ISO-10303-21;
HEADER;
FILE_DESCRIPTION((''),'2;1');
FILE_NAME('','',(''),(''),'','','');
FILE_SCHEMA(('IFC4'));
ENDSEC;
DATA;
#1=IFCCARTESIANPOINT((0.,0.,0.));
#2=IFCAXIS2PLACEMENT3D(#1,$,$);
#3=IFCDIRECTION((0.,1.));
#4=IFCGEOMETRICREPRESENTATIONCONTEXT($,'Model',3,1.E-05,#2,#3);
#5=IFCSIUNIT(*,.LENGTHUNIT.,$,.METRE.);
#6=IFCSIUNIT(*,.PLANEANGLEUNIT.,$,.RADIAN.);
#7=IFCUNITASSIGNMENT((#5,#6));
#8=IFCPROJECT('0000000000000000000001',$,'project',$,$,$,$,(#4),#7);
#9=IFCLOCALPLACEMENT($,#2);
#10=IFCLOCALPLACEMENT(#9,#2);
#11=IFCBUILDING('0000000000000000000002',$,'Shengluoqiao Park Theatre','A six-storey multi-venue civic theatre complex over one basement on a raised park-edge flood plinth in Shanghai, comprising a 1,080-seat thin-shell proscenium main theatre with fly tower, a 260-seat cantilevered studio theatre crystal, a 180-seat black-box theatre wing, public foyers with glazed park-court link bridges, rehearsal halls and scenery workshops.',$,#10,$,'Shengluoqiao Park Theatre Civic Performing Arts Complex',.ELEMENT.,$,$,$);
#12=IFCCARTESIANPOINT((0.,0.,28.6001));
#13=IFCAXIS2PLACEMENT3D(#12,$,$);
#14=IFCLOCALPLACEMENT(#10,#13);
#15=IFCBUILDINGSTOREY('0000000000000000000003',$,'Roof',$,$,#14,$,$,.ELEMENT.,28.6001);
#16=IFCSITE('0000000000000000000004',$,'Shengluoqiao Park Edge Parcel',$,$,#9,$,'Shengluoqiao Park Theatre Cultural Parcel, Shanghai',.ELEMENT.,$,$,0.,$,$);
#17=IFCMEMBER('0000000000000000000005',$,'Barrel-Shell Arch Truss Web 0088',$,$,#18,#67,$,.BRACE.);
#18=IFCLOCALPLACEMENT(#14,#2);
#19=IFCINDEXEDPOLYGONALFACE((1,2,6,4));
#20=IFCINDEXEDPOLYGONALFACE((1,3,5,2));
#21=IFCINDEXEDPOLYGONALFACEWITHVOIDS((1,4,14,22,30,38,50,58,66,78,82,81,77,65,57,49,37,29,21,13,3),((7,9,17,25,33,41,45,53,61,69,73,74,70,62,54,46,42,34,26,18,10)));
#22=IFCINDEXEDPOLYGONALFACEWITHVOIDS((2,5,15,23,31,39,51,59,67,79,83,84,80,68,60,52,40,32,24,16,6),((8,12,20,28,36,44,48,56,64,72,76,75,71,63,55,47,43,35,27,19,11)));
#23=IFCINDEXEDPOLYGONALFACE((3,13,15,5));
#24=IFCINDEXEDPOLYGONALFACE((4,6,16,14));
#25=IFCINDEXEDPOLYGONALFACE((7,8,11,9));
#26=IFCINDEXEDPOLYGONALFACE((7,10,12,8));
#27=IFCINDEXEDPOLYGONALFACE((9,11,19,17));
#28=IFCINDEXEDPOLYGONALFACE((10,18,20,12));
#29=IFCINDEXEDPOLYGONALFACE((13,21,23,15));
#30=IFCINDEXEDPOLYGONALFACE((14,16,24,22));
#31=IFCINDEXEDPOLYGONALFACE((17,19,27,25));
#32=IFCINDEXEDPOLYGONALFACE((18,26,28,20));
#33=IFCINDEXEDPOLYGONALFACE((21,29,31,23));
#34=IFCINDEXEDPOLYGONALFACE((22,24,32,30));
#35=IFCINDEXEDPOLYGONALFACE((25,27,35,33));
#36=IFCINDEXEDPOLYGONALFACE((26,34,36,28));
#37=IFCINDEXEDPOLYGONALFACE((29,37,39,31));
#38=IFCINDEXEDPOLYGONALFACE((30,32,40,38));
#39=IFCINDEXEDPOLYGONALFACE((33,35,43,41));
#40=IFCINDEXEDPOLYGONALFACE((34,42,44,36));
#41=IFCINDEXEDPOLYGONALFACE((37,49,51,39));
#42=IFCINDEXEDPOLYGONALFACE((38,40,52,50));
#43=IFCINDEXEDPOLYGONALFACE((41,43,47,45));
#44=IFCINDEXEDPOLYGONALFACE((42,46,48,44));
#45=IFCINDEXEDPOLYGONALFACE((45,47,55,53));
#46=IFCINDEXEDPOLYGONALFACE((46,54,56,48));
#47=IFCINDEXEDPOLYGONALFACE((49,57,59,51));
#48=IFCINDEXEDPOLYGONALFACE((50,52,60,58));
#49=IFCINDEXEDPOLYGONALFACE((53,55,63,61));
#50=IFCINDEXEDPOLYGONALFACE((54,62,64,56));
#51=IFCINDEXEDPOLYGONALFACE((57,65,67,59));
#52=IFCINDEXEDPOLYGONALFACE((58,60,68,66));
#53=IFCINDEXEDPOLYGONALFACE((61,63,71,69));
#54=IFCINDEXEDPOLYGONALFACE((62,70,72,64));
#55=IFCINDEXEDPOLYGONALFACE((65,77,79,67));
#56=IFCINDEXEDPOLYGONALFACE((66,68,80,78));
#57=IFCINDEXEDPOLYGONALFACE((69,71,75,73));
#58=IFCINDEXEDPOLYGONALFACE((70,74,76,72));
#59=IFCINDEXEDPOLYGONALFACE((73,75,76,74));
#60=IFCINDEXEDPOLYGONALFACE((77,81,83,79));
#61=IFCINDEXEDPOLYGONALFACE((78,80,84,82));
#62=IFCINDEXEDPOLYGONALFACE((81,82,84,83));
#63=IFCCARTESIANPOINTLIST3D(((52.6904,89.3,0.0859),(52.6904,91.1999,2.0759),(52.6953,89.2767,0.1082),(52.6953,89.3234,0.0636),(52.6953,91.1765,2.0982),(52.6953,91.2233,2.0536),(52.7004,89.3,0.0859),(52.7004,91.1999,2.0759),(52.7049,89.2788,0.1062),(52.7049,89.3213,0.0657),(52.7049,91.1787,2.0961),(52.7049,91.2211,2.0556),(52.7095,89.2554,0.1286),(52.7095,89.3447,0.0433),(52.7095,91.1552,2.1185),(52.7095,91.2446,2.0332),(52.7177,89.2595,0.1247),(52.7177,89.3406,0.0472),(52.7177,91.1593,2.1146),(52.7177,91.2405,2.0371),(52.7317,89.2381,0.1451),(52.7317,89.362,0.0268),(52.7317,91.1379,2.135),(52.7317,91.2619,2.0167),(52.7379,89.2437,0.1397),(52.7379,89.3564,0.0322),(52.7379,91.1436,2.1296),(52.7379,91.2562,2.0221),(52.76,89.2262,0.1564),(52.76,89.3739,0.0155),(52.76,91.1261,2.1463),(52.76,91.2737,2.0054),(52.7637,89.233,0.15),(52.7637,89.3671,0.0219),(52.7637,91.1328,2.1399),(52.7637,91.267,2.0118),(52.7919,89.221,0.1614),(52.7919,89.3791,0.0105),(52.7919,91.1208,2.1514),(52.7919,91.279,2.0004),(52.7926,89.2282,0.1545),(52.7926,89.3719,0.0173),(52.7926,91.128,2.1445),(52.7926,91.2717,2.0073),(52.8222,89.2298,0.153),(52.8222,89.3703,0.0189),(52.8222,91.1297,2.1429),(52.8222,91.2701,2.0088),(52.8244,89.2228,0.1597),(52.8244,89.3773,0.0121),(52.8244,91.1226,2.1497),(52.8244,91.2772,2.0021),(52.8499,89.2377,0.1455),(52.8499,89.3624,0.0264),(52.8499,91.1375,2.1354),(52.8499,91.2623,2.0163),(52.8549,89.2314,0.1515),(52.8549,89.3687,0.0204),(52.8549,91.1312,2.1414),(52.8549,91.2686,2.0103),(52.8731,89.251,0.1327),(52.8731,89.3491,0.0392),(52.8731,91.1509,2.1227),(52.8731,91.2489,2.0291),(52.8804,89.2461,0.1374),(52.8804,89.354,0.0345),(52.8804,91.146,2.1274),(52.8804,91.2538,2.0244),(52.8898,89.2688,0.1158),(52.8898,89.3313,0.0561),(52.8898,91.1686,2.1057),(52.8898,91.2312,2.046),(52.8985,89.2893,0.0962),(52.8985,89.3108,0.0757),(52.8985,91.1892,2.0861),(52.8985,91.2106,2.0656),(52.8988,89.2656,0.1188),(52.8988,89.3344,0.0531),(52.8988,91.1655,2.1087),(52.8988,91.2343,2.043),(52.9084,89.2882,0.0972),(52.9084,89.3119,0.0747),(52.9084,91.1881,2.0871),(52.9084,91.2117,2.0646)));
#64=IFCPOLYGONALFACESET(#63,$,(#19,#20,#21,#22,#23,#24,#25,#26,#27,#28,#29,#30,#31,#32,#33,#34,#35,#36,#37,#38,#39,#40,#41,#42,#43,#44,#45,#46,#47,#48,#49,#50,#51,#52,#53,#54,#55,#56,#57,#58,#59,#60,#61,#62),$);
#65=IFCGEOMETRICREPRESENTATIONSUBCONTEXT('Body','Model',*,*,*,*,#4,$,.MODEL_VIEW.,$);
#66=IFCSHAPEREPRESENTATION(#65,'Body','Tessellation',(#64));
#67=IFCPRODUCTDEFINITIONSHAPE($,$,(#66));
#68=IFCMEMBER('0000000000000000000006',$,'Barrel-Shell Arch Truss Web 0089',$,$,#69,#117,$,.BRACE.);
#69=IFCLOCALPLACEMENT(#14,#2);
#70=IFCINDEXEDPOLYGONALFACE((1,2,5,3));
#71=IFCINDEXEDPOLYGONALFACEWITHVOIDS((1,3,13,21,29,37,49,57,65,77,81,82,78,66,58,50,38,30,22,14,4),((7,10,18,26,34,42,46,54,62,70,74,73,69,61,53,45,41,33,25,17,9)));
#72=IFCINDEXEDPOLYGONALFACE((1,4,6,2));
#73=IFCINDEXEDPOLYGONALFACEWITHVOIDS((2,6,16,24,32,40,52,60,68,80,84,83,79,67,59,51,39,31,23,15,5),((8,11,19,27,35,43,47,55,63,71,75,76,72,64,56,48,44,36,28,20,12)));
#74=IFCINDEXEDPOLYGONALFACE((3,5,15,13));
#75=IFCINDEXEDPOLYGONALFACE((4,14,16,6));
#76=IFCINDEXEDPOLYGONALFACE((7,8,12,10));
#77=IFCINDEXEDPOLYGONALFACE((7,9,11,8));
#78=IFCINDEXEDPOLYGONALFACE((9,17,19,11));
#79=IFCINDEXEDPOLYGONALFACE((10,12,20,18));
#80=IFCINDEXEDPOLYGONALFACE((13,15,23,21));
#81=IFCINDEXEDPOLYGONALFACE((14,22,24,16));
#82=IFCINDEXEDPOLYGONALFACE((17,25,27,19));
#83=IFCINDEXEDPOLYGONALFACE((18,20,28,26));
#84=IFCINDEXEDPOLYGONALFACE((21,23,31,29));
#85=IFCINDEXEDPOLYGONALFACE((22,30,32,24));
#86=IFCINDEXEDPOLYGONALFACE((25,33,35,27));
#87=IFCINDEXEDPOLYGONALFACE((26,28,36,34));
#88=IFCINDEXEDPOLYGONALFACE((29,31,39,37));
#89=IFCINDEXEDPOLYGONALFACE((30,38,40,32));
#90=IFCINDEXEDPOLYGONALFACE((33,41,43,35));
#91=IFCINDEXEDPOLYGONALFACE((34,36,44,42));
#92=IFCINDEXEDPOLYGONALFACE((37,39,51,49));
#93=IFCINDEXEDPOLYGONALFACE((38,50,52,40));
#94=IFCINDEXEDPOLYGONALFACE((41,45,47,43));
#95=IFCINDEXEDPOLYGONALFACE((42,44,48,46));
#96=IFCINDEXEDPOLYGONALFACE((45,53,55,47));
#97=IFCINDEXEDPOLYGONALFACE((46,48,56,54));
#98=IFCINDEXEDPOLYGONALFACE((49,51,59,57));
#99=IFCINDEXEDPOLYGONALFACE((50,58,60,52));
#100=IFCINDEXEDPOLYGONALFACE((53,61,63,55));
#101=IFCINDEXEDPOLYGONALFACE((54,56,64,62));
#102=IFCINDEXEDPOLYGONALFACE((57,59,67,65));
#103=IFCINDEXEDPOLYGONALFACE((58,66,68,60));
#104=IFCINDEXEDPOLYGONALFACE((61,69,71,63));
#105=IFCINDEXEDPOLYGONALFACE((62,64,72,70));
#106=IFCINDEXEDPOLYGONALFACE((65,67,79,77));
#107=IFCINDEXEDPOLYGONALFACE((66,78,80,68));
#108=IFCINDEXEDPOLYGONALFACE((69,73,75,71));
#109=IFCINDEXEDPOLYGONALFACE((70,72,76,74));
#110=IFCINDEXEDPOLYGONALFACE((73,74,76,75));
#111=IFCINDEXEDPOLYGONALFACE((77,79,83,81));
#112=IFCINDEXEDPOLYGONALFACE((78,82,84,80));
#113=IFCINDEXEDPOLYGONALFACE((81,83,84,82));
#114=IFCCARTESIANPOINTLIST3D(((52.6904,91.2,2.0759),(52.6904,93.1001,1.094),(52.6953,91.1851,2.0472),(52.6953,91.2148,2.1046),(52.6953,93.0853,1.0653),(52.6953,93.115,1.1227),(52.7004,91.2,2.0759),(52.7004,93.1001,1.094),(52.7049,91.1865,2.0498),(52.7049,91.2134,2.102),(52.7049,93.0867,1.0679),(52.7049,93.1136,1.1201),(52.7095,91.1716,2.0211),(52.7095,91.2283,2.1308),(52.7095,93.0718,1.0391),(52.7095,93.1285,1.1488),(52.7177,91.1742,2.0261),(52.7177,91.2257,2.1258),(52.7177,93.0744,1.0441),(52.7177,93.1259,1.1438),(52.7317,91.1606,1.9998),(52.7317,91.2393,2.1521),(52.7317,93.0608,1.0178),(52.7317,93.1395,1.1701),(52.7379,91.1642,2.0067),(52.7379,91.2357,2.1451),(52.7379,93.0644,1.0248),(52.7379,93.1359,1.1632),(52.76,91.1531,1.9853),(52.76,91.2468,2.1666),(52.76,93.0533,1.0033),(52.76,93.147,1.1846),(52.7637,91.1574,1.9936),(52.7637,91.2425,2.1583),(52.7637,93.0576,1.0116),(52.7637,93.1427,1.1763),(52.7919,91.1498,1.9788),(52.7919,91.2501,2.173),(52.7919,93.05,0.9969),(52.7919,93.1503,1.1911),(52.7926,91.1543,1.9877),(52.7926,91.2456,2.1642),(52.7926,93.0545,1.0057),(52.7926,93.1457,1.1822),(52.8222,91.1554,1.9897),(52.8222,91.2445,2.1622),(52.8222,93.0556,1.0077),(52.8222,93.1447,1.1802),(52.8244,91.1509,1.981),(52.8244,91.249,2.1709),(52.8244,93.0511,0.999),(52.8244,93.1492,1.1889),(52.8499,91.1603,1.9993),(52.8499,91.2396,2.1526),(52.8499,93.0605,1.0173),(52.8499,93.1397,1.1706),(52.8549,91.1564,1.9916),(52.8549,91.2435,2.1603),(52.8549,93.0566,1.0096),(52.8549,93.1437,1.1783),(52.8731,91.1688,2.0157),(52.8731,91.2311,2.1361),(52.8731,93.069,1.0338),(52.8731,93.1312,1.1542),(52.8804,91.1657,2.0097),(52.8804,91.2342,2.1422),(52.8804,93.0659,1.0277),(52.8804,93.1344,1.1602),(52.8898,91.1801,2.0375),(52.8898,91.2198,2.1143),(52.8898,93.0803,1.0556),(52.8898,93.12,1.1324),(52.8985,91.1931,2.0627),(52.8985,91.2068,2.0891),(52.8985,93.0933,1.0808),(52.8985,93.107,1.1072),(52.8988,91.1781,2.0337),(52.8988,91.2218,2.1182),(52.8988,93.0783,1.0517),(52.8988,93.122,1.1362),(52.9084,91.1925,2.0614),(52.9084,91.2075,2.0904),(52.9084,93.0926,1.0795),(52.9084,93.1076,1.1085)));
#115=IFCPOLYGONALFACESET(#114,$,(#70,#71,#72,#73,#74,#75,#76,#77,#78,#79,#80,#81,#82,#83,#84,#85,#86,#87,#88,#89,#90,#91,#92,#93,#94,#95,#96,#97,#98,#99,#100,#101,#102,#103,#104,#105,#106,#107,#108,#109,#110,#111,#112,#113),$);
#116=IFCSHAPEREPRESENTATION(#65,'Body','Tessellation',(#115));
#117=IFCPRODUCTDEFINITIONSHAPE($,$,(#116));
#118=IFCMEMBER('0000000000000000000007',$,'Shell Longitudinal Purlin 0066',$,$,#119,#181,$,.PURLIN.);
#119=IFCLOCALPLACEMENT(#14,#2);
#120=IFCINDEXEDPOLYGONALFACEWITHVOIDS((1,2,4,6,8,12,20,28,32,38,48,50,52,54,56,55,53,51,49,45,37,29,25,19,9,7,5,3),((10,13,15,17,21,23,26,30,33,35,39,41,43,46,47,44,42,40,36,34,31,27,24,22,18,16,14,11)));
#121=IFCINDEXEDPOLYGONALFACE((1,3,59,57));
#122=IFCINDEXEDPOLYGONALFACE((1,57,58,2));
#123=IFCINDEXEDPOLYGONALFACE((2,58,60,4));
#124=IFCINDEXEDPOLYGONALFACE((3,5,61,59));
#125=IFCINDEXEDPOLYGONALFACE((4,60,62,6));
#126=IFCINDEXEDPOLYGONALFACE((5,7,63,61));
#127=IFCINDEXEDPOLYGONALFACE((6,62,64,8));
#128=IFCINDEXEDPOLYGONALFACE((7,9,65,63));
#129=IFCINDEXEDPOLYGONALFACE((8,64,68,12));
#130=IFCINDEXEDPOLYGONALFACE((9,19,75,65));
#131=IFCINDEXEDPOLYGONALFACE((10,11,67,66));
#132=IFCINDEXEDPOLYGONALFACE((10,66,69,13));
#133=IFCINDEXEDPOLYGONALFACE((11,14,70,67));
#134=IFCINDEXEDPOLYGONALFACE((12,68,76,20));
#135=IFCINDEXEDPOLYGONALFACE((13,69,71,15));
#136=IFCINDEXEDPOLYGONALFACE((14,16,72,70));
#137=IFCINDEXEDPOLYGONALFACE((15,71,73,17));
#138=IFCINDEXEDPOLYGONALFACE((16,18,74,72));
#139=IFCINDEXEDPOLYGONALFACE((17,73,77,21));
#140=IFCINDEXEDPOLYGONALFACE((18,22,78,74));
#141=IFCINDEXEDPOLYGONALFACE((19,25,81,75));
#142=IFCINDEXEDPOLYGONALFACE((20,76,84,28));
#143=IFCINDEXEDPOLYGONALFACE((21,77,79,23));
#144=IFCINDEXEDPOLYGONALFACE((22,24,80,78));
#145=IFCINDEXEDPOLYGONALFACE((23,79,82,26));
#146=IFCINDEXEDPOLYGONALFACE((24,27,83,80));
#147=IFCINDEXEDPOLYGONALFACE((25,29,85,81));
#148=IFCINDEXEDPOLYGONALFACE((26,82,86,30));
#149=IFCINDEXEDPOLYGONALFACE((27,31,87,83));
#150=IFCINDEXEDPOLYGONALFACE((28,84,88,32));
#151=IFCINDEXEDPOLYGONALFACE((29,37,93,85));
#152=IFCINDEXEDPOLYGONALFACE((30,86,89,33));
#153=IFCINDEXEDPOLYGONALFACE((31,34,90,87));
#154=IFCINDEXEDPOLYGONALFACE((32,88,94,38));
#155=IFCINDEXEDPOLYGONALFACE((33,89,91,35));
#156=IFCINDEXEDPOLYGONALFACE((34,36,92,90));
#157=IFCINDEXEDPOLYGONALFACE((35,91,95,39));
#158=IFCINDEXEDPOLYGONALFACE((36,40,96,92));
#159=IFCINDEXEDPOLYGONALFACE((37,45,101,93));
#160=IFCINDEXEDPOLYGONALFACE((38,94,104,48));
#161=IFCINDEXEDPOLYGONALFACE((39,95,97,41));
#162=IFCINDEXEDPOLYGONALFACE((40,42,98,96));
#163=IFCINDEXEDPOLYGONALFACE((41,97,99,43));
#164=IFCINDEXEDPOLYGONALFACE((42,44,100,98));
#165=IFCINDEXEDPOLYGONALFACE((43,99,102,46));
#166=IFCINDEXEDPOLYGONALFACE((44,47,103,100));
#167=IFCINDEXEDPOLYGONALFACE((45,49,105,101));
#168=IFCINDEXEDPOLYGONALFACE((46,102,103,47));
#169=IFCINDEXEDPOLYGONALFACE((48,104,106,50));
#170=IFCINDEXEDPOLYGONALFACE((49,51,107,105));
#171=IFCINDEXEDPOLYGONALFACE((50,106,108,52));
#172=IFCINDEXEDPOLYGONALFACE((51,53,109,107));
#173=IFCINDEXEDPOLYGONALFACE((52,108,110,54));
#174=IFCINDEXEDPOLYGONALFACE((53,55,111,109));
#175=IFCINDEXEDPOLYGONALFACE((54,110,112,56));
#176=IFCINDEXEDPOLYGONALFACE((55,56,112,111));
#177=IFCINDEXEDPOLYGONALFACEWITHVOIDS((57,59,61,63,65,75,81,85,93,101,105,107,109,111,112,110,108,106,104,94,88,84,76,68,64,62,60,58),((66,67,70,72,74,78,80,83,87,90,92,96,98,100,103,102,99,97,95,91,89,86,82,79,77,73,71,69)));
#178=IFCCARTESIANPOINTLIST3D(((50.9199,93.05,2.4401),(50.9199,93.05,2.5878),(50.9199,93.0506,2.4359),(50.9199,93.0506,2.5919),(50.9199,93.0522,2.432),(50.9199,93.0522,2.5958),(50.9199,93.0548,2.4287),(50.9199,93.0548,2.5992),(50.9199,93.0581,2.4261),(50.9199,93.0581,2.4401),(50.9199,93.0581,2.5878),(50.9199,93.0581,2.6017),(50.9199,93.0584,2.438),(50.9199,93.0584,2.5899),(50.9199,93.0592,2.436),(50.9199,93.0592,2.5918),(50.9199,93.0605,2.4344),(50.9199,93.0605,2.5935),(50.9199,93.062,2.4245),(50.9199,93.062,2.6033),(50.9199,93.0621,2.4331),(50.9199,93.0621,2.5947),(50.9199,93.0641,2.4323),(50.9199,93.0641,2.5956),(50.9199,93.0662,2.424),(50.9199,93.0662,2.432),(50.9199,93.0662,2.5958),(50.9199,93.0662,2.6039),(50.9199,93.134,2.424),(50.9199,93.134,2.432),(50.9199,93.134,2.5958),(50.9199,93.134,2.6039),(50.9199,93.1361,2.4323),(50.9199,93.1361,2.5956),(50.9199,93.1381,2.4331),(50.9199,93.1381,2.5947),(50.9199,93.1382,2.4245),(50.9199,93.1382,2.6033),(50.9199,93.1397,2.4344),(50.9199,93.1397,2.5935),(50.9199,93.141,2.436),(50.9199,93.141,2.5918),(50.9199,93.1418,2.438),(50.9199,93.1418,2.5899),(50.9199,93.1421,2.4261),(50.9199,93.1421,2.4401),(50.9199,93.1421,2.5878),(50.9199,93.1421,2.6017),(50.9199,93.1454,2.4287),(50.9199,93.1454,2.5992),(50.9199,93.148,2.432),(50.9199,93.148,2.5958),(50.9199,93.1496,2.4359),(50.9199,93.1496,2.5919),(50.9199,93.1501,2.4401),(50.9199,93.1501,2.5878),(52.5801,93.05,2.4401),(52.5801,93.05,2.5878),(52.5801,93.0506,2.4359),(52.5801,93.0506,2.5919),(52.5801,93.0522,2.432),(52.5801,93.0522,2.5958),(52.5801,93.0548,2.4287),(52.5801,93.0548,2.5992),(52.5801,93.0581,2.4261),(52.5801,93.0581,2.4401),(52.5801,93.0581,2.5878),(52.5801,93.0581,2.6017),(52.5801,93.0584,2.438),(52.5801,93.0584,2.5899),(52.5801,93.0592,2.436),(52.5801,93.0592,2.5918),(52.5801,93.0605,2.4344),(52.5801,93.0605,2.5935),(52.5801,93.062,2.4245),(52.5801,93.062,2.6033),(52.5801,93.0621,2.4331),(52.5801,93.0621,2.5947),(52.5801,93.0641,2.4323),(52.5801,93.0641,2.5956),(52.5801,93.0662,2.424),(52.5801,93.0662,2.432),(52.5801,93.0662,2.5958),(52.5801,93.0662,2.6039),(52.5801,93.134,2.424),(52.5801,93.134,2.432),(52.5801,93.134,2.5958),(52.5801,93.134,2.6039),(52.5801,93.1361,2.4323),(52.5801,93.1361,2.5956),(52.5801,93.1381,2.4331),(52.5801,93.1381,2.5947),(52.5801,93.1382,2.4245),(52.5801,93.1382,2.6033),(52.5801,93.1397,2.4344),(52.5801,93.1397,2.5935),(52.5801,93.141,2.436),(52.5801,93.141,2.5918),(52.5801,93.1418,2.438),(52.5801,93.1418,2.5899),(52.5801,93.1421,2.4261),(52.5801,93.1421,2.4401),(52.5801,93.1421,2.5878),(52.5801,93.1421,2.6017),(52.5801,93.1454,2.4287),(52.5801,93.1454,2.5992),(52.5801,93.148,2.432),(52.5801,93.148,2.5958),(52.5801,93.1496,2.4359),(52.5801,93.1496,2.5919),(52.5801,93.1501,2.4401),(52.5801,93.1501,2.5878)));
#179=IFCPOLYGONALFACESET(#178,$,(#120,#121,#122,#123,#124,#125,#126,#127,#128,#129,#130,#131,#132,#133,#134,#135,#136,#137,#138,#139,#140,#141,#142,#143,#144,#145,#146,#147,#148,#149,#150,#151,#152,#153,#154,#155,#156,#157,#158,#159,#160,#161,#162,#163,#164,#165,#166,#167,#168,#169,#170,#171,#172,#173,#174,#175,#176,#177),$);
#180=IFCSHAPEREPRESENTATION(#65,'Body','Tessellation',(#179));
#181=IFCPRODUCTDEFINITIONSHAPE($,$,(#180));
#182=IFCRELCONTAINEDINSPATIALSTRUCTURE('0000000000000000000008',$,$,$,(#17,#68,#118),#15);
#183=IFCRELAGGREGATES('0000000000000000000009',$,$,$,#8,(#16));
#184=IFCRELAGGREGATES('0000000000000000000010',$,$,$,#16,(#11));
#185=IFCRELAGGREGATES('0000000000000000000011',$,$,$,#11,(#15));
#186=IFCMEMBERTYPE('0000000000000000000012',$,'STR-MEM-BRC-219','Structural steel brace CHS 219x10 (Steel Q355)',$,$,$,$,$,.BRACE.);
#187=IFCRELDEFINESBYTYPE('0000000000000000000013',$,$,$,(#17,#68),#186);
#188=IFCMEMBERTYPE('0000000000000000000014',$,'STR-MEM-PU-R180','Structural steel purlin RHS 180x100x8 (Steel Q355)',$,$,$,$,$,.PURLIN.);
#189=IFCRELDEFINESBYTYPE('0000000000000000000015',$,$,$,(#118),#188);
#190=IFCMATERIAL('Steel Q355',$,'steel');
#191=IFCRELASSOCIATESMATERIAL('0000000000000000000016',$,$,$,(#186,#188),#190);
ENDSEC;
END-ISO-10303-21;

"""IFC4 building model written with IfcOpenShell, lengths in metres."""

from ifc_helpers import new_model, si_unit, direction, frame, origin, origin_2d, place, context, subcontext, project, spatial, hollow_rectangle, hollow_circle, extrude, material, material_profile, profile_set, type_object, element, save


model = new_model("IFC4")

# Units and contexts
model_context = context("Model", 3, precision=1e-05, world=origin(), true_north=direction((0.0, 1.0)))
body_context = subcontext(model_context, "Body", "Model", "MODEL_VIEW")
ifc_project = project(units=[si_unit("LENGTHUNIT", "METRE"), si_unit("PLANEANGLEUNIT", "RADIAN")], contexts=[model_context])

# Site, building, storey
site_placement = place(None, origin())
site = spatial("IfcSite", under=ifc_project, at=site_placement, Name="Shengluoqiao Park Edge Parcel", LongName="Shengluoqiao Park Theatre Cultural Parcel, Shanghai", CompositionType="ELEMENT", RefElevation=0.0)
building_placement = place(site_placement, origin())
building = spatial("IfcBuilding", under=site, at=building_placement, Name="Shengluoqiao Park Theatre", Description="A six-storey multi-venue civic theatre complex over one basement on a raised park-edge flood plinth in Shanghai, comprising a 1,080-seat thin-shell proscenium main theatre with fly tower, a 260-seat cantilevered studio theatre crystal, a 180-seat black-box theatre wing, public foyers with glazed park-court link bridges, rehearsal halls and scenery workshops.", LongName="Shengluoqiao Park Theatre Civic Performing Arts Complex", CompositionType="ELEMENT")
storey_placement = place(building_placement, frame((0.0, 0.0, 28.6001)))
storey = spatial("IfcBuildingStorey", under=building, at=storey_placement, Name="Roof", CompositionType="ELEMENT", Elevation=28.6001)

# Shared definitions
ifc_material_1 = material(Name="Steel Q355", Category="steel")

# Members
ifc_material_profile_1 = material_profile(ifc_material_1, hollow_circle(Radius=0.1096, WallThickness=0.01, at=origin_2d()), Name="CHS 219x10")
ifc_profile_set_1 = profile_set([ifc_material_profile_1], Name="Steel Q355")
member_type_1 = type_object("IfcMemberType", Name="STR-MEM-BRC-219", Description="Structural steel brace CHS 219x10 (Steel Q355)", PredefinedType="BRACE", material=ifc_profile_set_1)
member_1_placement = place(storey_placement, frame((52.8, 89.3, 0.0859), z_axis=(0.0, 0.690545, 0.723289), x_axis=(-1.0, 0.0, 0.0)))
element("IfcMember", 1, at=member_1_placement, inside=storey, type_object=member_type_1, Name="Barrel-Shell Arch Truss Web 0088", PredefinedType="BRACE", context=body_context, shape_type="SweptSolid", body=[
    extrude(hollow_circle(Radius=0.1096, WallThickness=0.01, at=origin_2d()), origin(), (0.0, 0.0, 1.0), 2.7512),
])
member_2_placement = place(storey_placement, frame((52.8, 91.2, 2.0759), z_axis=(0.0, 0.888389, -0.459091), x_axis=(-1.0, 0.0, 0.0)))
element("IfcMember", 2, at=member_2_placement, inside=storey, type_object=member_type_1, Name="Barrel-Shell Arch Truss Web 0089", PredefinedType="BRACE", context=body_context, shape_type="SweptSolid", body=[
    extrude(hollow_circle(Radius=0.1096, WallThickness=0.01, at=origin_2d()), origin(), (0.0, 0.0, 1.0), 2.1389),
])
ifc_material_profile_2 = material_profile(ifc_material_1, hollow_rectangle(XDim=0.1001, YDim=0.1799, WallThickness=0.0081, InnerFilletRadius=0.0081, OuterFilletRadius=0.0161, at=origin_2d()), Name="RHS 180x100x8")
ifc_profile_set_2 = profile_set([ifc_material_profile_2], Name="Steel Q355")
member_type_2 = type_object("IfcMemberType", Name="STR-MEM-PU-R180", Description="Structural steel purlin RHS 180x100x8 (Steel Q355)", PredefinedType="PURLIN", material=ifc_profile_set_2)
member_3_placement = place(storey_placement, frame((50.9199, 93.1001, 2.5139), z_axis=(1.0, 0.0, 0.0), x_axis=(0.0, 1.0, 0.0)))
element("IfcMember", 3, at=member_3_placement, inside=storey, type_object=member_type_2, Name="Shell Longitudinal Purlin 0066", PredefinedType="PURLIN", context=body_context, shape_type="SweptSolid", body=[
    extrude(hollow_rectangle(XDim=0.1001, YDim=0.1799, WallThickness=0.0081, InnerFilletRadius=0.0081, OuterFilletRadius=0.0161, at=origin_2d()), origin(), (0.0, 0.0, 1.0), 1.6602),
])

save(model, "model.ifc")
